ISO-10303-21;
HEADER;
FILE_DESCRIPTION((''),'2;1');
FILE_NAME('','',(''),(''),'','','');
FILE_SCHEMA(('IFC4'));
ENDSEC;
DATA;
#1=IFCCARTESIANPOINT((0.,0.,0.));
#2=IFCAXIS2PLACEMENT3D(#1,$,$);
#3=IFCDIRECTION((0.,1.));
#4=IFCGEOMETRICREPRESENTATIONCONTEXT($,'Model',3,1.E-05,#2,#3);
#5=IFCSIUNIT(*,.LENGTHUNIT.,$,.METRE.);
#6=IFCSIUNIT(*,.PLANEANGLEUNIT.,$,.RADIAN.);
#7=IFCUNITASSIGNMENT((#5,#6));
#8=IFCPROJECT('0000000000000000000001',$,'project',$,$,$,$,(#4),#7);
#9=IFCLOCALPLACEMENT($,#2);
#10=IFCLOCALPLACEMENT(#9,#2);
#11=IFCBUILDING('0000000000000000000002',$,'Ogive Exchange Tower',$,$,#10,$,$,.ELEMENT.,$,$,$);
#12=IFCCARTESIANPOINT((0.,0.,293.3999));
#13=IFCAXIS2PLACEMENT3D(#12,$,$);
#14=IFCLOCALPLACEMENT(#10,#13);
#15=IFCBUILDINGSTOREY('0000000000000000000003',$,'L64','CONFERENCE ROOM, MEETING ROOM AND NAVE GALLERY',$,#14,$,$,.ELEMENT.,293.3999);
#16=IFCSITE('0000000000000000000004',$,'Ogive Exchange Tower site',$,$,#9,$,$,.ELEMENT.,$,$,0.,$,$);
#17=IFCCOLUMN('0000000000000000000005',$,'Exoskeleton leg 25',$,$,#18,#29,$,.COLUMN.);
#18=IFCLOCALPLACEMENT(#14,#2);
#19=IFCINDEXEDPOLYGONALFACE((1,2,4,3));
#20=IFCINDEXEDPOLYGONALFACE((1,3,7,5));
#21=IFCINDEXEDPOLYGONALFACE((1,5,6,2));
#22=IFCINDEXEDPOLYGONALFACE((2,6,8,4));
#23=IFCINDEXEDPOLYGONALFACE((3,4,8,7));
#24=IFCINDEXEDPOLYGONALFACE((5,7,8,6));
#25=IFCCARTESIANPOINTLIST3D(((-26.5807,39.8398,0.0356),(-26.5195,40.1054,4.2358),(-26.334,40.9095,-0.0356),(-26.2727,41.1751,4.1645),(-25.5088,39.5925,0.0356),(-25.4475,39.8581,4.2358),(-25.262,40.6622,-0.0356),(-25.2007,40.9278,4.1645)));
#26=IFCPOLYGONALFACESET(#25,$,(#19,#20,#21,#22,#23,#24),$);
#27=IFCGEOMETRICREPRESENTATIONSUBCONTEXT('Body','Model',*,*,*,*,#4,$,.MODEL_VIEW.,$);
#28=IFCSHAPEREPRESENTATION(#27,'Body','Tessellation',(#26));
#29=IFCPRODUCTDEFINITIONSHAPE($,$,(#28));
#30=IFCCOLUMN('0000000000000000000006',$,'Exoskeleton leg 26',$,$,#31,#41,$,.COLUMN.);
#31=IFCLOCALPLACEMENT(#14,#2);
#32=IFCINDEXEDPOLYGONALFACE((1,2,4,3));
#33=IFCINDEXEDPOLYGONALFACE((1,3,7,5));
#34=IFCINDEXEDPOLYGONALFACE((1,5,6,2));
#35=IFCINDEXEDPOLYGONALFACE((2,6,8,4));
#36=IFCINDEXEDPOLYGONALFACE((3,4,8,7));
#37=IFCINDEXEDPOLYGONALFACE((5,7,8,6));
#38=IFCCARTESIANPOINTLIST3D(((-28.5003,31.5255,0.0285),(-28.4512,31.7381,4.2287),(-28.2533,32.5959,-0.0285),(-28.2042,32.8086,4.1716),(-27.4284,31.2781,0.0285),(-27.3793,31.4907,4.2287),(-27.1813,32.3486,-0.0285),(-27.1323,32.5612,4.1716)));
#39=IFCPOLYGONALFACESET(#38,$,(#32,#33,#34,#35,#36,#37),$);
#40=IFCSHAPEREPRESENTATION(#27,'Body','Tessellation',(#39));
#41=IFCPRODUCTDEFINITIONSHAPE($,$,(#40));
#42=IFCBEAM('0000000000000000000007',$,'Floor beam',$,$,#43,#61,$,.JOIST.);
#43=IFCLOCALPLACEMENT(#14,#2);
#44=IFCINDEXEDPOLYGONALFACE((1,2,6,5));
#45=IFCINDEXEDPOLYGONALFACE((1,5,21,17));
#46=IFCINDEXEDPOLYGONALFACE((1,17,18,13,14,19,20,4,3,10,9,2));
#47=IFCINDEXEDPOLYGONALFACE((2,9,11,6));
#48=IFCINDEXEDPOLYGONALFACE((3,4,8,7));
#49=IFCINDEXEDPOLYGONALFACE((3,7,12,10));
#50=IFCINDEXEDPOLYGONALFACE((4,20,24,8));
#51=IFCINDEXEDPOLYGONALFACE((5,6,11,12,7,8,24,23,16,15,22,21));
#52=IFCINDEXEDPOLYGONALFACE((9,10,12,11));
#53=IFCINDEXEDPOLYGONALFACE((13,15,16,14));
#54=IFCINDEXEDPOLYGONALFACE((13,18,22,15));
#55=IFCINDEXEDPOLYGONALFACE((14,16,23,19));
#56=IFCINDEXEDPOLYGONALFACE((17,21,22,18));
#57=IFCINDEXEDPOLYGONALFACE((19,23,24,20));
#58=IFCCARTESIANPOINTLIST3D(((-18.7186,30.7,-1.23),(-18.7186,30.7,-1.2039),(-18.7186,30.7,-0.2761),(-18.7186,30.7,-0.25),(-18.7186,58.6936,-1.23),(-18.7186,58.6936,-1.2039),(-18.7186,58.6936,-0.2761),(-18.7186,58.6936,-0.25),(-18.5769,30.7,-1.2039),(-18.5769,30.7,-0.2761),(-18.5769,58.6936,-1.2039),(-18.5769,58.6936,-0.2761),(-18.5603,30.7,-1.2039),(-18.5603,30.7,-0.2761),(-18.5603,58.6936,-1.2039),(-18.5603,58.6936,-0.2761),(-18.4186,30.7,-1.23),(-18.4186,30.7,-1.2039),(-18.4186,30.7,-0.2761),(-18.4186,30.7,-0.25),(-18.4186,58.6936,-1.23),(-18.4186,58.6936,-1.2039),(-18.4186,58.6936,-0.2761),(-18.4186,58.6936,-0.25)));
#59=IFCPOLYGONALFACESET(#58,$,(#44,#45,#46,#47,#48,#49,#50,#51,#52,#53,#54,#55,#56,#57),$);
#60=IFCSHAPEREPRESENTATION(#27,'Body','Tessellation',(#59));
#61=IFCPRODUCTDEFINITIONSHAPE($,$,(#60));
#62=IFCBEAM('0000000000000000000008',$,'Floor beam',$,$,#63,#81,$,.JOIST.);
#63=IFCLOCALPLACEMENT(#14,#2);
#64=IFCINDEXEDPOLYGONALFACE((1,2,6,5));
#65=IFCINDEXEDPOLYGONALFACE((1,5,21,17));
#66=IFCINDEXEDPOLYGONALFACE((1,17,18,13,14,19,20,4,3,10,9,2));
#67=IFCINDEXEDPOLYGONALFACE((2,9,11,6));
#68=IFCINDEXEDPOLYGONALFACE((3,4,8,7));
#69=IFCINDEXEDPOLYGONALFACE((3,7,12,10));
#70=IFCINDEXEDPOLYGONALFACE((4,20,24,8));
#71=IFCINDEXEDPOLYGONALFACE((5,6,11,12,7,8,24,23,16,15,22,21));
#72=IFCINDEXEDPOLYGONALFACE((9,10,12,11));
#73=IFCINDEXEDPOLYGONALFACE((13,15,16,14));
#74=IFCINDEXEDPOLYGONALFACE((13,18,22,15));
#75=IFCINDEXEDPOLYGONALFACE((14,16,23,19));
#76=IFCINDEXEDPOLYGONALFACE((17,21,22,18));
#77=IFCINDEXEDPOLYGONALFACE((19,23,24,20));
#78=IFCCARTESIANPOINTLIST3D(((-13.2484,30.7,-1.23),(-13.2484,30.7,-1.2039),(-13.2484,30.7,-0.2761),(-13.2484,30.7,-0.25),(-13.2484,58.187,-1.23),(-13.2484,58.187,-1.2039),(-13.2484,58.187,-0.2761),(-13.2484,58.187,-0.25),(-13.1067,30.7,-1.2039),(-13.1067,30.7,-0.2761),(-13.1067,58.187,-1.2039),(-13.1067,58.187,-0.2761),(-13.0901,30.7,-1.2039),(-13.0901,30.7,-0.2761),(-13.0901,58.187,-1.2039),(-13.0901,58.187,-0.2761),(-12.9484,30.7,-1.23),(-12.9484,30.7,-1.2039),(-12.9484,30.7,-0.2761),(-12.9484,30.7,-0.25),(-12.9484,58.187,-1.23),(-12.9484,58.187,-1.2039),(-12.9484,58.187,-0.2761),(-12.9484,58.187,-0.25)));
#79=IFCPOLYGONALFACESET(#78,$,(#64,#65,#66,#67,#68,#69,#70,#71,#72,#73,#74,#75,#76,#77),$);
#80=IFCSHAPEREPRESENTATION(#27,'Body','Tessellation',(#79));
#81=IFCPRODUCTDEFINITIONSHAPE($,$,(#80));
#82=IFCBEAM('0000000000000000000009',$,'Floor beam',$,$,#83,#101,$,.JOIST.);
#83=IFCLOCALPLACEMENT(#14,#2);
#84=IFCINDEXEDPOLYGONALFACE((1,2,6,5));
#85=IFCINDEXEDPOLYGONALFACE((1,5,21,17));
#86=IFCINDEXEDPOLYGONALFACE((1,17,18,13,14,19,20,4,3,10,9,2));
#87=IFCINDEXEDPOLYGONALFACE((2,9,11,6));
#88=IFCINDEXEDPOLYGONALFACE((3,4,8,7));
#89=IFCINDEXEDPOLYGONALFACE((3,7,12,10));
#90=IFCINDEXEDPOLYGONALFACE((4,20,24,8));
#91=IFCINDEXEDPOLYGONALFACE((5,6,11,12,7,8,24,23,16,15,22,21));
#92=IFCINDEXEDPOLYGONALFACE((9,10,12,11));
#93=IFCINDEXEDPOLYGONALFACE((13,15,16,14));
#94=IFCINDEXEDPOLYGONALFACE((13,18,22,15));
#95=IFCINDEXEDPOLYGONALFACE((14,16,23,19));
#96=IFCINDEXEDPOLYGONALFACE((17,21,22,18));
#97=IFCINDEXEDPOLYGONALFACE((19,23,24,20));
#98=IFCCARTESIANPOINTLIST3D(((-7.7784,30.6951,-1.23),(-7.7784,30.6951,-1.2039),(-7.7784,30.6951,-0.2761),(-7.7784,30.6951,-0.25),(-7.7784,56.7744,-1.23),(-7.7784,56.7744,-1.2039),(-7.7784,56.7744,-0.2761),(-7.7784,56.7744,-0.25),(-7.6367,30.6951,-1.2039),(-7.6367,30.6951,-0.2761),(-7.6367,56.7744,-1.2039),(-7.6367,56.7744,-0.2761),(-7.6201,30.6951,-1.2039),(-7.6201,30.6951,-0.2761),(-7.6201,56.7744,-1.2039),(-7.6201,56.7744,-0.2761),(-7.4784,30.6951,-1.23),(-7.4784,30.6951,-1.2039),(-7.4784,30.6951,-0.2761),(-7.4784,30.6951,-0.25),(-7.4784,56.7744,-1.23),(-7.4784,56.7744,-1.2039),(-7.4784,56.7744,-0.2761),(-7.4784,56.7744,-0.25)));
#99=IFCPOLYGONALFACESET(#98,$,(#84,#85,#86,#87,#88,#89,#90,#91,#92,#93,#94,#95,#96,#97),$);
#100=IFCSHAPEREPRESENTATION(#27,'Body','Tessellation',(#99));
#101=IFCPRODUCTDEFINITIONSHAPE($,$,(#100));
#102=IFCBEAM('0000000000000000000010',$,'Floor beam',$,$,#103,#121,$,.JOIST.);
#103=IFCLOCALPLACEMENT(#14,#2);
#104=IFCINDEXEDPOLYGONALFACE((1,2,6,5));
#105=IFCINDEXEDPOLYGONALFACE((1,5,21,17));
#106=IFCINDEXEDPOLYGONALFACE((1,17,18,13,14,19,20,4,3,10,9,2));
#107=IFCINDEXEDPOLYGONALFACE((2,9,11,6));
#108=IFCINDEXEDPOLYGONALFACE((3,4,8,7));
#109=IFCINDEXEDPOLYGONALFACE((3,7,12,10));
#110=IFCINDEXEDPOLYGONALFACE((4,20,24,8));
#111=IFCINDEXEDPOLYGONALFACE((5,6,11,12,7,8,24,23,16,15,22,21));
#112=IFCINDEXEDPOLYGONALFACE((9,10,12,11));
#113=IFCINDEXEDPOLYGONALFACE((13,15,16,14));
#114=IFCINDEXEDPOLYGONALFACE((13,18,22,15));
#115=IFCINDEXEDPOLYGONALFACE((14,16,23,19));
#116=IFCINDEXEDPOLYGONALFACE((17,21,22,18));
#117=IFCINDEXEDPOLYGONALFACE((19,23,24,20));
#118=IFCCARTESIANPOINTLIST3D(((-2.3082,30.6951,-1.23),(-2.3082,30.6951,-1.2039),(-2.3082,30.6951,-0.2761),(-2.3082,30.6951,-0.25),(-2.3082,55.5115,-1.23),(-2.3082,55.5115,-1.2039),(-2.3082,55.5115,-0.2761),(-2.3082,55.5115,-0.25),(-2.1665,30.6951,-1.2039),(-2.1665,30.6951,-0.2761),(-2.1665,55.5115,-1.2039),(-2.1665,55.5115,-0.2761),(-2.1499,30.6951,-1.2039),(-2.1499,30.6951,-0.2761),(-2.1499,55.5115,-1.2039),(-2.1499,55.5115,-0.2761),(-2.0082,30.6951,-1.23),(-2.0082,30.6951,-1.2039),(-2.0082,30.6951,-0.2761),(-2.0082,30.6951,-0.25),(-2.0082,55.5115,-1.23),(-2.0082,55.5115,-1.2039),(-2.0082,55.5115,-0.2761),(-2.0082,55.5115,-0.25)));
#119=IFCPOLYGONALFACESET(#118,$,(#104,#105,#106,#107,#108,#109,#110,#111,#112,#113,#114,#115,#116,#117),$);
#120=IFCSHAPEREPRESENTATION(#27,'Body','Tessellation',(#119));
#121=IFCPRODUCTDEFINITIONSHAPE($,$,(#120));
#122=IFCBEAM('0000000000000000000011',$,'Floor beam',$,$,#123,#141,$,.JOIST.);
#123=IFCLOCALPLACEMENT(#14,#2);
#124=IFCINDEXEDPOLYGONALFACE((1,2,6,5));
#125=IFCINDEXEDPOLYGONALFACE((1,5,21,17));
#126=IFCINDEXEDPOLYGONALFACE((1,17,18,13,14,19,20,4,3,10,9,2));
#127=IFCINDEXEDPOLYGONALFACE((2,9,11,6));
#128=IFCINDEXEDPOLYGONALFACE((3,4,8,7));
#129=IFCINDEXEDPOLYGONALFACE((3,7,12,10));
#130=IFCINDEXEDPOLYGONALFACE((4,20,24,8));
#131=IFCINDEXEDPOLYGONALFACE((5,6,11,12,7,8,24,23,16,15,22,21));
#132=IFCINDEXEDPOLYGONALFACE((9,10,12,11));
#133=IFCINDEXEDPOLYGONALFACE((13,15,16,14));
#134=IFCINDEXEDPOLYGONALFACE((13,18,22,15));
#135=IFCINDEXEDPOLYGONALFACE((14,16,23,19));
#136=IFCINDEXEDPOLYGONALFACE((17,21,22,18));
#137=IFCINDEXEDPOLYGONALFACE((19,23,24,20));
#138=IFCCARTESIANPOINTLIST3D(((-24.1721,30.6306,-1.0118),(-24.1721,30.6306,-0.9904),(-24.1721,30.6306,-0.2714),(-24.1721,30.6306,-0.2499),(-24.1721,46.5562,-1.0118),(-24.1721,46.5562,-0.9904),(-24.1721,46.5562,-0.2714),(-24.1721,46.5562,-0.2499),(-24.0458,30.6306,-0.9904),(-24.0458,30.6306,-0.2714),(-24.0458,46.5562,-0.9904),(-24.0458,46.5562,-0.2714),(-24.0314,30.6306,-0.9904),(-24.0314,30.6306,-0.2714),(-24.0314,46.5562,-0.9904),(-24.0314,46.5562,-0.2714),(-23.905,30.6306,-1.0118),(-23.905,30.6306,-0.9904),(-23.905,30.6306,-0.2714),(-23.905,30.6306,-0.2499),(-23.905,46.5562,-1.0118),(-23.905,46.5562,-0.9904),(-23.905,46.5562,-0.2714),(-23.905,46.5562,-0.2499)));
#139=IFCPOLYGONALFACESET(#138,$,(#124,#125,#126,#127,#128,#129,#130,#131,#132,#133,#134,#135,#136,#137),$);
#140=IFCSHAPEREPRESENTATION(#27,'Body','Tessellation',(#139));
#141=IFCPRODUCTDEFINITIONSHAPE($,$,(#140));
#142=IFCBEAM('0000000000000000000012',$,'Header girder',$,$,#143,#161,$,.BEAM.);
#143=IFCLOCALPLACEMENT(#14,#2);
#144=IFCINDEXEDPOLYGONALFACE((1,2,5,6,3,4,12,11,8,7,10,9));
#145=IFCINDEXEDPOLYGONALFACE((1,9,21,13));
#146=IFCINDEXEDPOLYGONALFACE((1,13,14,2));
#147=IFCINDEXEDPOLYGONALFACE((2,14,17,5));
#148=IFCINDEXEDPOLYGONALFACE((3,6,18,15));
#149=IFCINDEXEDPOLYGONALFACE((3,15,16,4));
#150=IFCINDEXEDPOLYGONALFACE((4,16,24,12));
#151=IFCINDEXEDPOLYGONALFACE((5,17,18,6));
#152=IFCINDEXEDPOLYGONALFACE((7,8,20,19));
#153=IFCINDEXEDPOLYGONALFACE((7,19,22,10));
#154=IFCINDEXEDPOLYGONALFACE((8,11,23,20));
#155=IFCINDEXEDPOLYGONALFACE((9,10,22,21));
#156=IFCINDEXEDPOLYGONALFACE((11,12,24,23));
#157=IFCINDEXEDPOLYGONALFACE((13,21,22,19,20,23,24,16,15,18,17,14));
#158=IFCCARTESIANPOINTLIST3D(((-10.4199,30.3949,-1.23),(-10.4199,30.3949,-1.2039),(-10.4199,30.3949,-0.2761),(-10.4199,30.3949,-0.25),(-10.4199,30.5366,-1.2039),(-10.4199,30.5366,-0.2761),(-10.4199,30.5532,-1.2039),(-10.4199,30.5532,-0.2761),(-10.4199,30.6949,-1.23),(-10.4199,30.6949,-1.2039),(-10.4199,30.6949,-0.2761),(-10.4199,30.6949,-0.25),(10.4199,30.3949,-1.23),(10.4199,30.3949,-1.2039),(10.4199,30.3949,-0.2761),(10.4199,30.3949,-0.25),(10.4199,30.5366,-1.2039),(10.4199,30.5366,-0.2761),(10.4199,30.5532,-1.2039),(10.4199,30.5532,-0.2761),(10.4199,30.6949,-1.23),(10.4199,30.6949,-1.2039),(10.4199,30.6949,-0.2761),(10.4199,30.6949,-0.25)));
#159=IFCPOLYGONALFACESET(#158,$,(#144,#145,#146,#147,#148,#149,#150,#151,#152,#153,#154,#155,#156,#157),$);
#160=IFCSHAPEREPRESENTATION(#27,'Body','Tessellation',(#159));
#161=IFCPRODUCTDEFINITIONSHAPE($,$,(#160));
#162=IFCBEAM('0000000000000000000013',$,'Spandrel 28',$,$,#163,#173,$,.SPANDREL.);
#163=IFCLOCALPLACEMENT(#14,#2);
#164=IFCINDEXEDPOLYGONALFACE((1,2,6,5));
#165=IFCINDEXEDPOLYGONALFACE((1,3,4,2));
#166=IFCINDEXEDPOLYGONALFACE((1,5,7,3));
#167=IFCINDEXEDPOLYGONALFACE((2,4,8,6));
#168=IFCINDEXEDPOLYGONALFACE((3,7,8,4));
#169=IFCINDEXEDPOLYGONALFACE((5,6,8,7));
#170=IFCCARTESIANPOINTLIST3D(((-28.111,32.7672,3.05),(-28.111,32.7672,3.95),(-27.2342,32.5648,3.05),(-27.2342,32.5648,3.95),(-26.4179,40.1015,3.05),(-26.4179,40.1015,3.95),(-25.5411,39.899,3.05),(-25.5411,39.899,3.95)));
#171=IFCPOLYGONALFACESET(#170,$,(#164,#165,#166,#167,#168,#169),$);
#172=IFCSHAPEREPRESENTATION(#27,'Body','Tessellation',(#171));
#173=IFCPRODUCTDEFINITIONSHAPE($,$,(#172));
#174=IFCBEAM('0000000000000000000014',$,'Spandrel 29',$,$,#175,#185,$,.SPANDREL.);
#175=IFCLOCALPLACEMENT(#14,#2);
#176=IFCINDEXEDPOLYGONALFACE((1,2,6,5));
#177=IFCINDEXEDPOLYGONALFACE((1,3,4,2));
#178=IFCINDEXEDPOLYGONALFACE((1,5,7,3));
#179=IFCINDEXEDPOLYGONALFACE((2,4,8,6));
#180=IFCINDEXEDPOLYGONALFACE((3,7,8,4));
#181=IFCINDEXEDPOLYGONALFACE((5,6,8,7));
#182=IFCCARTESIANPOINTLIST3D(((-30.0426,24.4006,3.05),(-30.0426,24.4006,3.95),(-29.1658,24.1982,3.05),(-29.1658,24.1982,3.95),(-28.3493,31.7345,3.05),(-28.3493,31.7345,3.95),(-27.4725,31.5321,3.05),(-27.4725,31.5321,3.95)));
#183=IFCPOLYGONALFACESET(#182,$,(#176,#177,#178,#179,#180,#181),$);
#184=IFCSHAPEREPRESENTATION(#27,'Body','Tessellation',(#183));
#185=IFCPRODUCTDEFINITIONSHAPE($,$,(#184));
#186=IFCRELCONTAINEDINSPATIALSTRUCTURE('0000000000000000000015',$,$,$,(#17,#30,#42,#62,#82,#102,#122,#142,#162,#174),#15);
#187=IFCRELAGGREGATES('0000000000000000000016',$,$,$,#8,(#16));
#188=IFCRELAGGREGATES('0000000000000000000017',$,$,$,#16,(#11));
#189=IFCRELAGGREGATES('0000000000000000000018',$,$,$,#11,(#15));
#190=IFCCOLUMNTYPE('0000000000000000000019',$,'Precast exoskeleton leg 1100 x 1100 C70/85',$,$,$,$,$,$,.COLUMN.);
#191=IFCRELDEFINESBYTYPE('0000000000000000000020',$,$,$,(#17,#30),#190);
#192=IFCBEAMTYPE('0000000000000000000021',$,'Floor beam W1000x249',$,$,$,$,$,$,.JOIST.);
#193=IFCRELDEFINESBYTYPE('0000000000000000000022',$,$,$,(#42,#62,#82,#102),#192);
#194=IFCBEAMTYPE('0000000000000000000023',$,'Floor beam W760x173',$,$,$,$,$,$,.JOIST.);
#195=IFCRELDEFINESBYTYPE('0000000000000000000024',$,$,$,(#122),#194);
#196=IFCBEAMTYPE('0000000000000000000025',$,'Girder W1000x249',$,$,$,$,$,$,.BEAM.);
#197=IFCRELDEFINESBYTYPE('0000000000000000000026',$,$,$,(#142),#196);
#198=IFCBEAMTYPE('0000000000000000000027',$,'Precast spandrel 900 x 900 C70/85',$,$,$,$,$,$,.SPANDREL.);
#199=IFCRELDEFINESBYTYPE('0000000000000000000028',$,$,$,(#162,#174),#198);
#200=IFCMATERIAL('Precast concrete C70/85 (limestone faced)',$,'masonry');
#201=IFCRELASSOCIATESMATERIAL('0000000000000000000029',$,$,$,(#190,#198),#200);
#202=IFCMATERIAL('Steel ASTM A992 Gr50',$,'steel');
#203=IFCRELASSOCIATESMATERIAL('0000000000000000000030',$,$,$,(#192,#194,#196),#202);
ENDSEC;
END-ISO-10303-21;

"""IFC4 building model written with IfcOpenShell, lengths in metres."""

from ifc_helpers import new_model, si_unit, direction, frame, origin, origin_2d, place, context, subcontext, project, spatial, rectangle, i_section, extrude, material, material_profile, profile_set, type_object, element, save


model = new_model("IFC4")

# Units and contexts
model_context = context("Model", 3, precision=1e-05, world=origin(), true_north=direction((0.0, 1.0)))
body_context = subcontext(model_context, "Body", "Model", "MODEL_VIEW")
ifc_project = project(units=[si_unit("LENGTHUNIT", "METRE"), si_unit("PLANEANGLEUNIT", "RADIAN")], contexts=[model_context])

# Site, building, storey
site_placement = place(None, origin())
site = spatial("IfcSite", under=ifc_project, at=site_placement, Name="Ogive Exchange Tower site", CompositionType="ELEMENT", RefElevation=0.0)
building_placement = place(site_placement, origin())
building = spatial("IfcBuilding", under=site, at=building_placement, Name="Ogive Exchange Tower", CompositionType="ELEMENT")
storey_placement = place(building_placement, frame((0.0, 0.0, 293.3999)))
storey = spatial("IfcBuildingStorey", under=building, at=storey_placement, Name="L64", Description="CONFERENCE ROOM, MEETING ROOM AND NAVE GALLERY", CompositionType="ELEMENT", Elevation=293.3999)

# Columns
ifc_material_1 = material(Name="Precast concrete C70/85 (limestone faced)", Category="masonry")
ifc_material_profile_1 = material_profile(ifc_material_1, rectangle(XDim=1.1001, YDim=1.1001, at=origin_2d()), Name="1100 x 1100")
ifc_profile_set_1 = profile_set([ifc_material_profile_1], Name="Precast concrete C70/85 (limestone faced)")
column_type = type_object("IfcColumnType", Name="Precast exoskeleton leg 1100 x 1100 C70/85", PredefinedType="COLUMN", material=ifc_profile_set_1)
column_1_placement = place(storey_placement, frame((-25.9214, 40.251, 0.0), z_axis=(0.014559, 0.063108, 0.9979), x_axis=(-0.974406, 0.224794, 0.0)))
element("IfcColumn", 1, at=column_1_placement, inside=storey, type_object=column_type, Name="Exoskeleton leg 25", PredefinedType="COLUMN", context=body_context, shape_type="SweptSolid", body=[
    extrude(rectangle(XDim=1.1001, YDim=1.1001, at=origin_2d()), origin(), (0.0, 0.0, 1.0), 4.209),
])
column_2_placement = place(storey_placement, frame((-27.8408, 31.937, 0.0), z_axis=(0.011668, 0.05056, 0.998653), x_axis=(-0.974391, 0.22486, 0.0)))
element("IfcColumn", 2, at=column_2_placement, inside=storey, type_object=column_type, Name="Exoskeleton leg 26", PredefinedType="COLUMN", context=body_context, shape_type="SweptSolid", body=[
    extrude(rectangle(XDim=1.1001, YDim=1.1001, at=origin_2d()), origin(), (0.0, 0.0, 1.0), 4.2058),
])

# Beams
ifc_material_2 = material(Name="Steel ASTM A992 Gr50", Category="steel")
ifc_material_profile_2 = material_profile(ifc_material_2, i_section(OverallWidth=0.3, OverallDepth=0.98, WebThickness=0.0166, FlangeThickness=0.0261, at=origin_2d()), Name="W1000x249")
ifc_profile_set_2 = profile_set([ifc_material_profile_2], Name="Steel ASTM A992 Gr50")
beam_type_1 = type_object("IfcBeamType", Name="Floor beam W1000x249", PredefinedType="JOIST", material=ifc_profile_set_2)
beam_1_placement = place(storey_placement, frame((-18.5686, 30.7, -0.74), z_axis=(0.0, 1.0, 0.0), x_axis=(-1.0, 0.0, 0.0)))
element("IfcBeam", 3, at=beam_1_placement, inside=storey, type_object=beam_type_1, Name="Floor beam", PredefinedType="JOIST", context=body_context, shape_type="SweptSolid", body=[
    extrude(i_section(OverallWidth=0.3, OverallDepth=0.98, WebThickness=0.0166, FlangeThickness=0.0261, at=origin_2d()), origin(), (0.0, 0.0, 1.0), 27.9937),
])
beam_2_placement = place(storey_placement, frame((-13.0984, 30.7, -0.74), z_axis=(0.0, 1.0, 0.0), x_axis=(-1.0, 0.0, 0.0)))
element("IfcBeam", 4, at=beam_2_placement, inside=storey, type_object=beam_type_1, Name="Floor beam", PredefinedType="JOIST", context=body_context, shape_type="SweptSolid", body=[
    extrude(i_section(OverallWidth=0.3, OverallDepth=0.98, WebThickness=0.0166, FlangeThickness=0.0261, at=origin_2d()), origin(), (0.0, 0.0, 1.0), 27.4871),
])
beam_3_placement = place(storey_placement, frame((-7.6284, 30.6951, -0.74), z_axis=(0.0, 1.0, 0.0), x_axis=(-1.0, 0.0, 0.0)))
element("IfcBeam", 5, at=beam_3_placement, inside=storey, type_object=beam_type_1, Name="Floor beam", PredefinedType="JOIST", context=body_context, shape_type="SweptSolid", body=[
    extrude(i_section(OverallWidth=0.3, OverallDepth=0.98, WebThickness=0.0166, FlangeThickness=0.0261, at=origin_2d()), origin(), (0.0, 0.0, 1.0), 26.0793),
])
beam_4_placement = place(storey_placement, frame((-2.1582, 30.6951, -0.74), z_axis=(0.0, 1.0, 0.0), x_axis=(-1.0, 0.0, 0.0)))
element("IfcBeam", 6, at=beam_4_placement, inside=storey, type_object=beam_type_1, Name="Floor beam", PredefinedType="JOIST", context=body_context, shape_type="SweptSolid", body=[
    extrude(i_section(OverallWidth=0.3, OverallDepth=0.98, WebThickness=0.0166, FlangeThickness=0.0261, at=origin_2d()), origin(), (0.0, 0.0, 1.0), 24.8164),
])
ifc_material_profile_3 = material_profile(ifc_material_2, i_section(OverallWidth=0.2671, OverallDepth=0.762, WebThickness=0.0144, FlangeThickness=0.0215, at=origin_2d()), Name="W760x173")
ifc_profile_set_3 = profile_set([ifc_material_profile_3], Name="Steel ASTM A992 Gr50")
beam_type_2 = type_object("IfcBeamType", Name="Floor beam W760x173", PredefinedType="JOIST", material=ifc_profile_set_3)
beam_5_placement = place(storey_placement, frame((-24.0386, 30.6306, -0.6309), z_axis=(0.0, 1.0, 0.0), x_axis=(-1.0, 0.0, 0.0)))
element("IfcBeam", 7, at=beam_5_placement, inside=storey, type_object=beam_type_2, Name="Floor beam", PredefinedType="JOIST", context=body_context, shape_type="SweptSolid", body=[
    extrude(i_section(OverallWidth=0.2671, OverallDepth=0.762, WebThickness=0.0144, FlangeThickness=0.0215, at=origin_2d()), origin(), (0.0, 0.0, 1.0), 15.9255),
])
ifc_material_profile_4 = material_profile(ifc_material_2, i_section(OverallWidth=0.3, OverallDepth=0.98, WebThickness=0.0166, FlangeThickness=0.0261, at=origin_2d()), Name="W1000x249")
ifc_profile_set_4 = profile_set([ifc_material_profile_4], Name="Steel ASTM A992 Gr50")
beam_type_3 = type_object("IfcBeamType", Name="Girder W1000x249", PredefinedType="BEAM", material=ifc_profile_set_4)
beam_6_placement = place(storey_placement, frame((-10.4199, 30.5449, -0.74), z_axis=(1.0, 0.0, 0.0), x_axis=(0.0, 1.0, 0.0)))
element("IfcBeam", 8, at=beam_6_placement, inside=storey, type_object=beam_type_3, Name="Header girder", PredefinedType="BEAM", context=body_context, shape_type="SweptSolid", body=[
    extrude(i_section(OverallWidth=0.3, OverallDepth=0.98, WebThickness=0.0166, FlangeThickness=0.0261, at=origin_2d()), origin(), (0.0, 0.0, 1.0), 20.8398),
])
ifc_material_profile_5 = material_profile(ifc_material_1, rectangle(XDim=0.8999, YDim=0.8999, at=origin_2d()), Name="900 x 900")
ifc_profile_set_5 = profile_set([ifc_material_profile_5], Name="Precast concrete C70/85 (limestone faced)")
beam_type_4 = type_object("IfcBeamType", Name="Precast spandrel 900 x 900 C70/85", PredefinedType="SPANDREL", material=ifc_profile_set_5)
beam_7_placement = place(storey_placement, frame((-25.9795, 40.0002, 3.5), z_axis=(-0.224935, -0.974374, 0.0), x_axis=(0.974374, -0.224935, 0.0)))
element("IfcBeam", 9, at=beam_7_placement, inside=storey, type_object=beam_type_4, Name="Spandrel 28", PredefinedType="SPANDREL", context=body_context, shape_type="SweptSolid", body=[
    extrude(rectangle(XDim=0.8999, YDim=0.8999, at=origin_2d()), origin(), (0.0, 0.0, 1.0), 7.5271),
])
beam_8_placement = place(storey_placement, frame((-27.9109, 31.6333, 3.5), z_axis=(-0.224973, -0.974365, 0.0), x_axis=(0.974365, -0.224973, 0.0)))
element("IfcBeam", 10, at=beam_8_placement, inside=storey, type_object=beam_type_4, Name="Spandrel 29", PredefinedType="SPANDREL", context=body_context, shape_type="SweptSolid", body=[
    extrude(rectangle(XDim=0.8999, YDim=0.8999, at=origin_2d()), origin(), (0.0, 0.0, 1.0), 7.5269),
])

save(model, "model.ifc")
